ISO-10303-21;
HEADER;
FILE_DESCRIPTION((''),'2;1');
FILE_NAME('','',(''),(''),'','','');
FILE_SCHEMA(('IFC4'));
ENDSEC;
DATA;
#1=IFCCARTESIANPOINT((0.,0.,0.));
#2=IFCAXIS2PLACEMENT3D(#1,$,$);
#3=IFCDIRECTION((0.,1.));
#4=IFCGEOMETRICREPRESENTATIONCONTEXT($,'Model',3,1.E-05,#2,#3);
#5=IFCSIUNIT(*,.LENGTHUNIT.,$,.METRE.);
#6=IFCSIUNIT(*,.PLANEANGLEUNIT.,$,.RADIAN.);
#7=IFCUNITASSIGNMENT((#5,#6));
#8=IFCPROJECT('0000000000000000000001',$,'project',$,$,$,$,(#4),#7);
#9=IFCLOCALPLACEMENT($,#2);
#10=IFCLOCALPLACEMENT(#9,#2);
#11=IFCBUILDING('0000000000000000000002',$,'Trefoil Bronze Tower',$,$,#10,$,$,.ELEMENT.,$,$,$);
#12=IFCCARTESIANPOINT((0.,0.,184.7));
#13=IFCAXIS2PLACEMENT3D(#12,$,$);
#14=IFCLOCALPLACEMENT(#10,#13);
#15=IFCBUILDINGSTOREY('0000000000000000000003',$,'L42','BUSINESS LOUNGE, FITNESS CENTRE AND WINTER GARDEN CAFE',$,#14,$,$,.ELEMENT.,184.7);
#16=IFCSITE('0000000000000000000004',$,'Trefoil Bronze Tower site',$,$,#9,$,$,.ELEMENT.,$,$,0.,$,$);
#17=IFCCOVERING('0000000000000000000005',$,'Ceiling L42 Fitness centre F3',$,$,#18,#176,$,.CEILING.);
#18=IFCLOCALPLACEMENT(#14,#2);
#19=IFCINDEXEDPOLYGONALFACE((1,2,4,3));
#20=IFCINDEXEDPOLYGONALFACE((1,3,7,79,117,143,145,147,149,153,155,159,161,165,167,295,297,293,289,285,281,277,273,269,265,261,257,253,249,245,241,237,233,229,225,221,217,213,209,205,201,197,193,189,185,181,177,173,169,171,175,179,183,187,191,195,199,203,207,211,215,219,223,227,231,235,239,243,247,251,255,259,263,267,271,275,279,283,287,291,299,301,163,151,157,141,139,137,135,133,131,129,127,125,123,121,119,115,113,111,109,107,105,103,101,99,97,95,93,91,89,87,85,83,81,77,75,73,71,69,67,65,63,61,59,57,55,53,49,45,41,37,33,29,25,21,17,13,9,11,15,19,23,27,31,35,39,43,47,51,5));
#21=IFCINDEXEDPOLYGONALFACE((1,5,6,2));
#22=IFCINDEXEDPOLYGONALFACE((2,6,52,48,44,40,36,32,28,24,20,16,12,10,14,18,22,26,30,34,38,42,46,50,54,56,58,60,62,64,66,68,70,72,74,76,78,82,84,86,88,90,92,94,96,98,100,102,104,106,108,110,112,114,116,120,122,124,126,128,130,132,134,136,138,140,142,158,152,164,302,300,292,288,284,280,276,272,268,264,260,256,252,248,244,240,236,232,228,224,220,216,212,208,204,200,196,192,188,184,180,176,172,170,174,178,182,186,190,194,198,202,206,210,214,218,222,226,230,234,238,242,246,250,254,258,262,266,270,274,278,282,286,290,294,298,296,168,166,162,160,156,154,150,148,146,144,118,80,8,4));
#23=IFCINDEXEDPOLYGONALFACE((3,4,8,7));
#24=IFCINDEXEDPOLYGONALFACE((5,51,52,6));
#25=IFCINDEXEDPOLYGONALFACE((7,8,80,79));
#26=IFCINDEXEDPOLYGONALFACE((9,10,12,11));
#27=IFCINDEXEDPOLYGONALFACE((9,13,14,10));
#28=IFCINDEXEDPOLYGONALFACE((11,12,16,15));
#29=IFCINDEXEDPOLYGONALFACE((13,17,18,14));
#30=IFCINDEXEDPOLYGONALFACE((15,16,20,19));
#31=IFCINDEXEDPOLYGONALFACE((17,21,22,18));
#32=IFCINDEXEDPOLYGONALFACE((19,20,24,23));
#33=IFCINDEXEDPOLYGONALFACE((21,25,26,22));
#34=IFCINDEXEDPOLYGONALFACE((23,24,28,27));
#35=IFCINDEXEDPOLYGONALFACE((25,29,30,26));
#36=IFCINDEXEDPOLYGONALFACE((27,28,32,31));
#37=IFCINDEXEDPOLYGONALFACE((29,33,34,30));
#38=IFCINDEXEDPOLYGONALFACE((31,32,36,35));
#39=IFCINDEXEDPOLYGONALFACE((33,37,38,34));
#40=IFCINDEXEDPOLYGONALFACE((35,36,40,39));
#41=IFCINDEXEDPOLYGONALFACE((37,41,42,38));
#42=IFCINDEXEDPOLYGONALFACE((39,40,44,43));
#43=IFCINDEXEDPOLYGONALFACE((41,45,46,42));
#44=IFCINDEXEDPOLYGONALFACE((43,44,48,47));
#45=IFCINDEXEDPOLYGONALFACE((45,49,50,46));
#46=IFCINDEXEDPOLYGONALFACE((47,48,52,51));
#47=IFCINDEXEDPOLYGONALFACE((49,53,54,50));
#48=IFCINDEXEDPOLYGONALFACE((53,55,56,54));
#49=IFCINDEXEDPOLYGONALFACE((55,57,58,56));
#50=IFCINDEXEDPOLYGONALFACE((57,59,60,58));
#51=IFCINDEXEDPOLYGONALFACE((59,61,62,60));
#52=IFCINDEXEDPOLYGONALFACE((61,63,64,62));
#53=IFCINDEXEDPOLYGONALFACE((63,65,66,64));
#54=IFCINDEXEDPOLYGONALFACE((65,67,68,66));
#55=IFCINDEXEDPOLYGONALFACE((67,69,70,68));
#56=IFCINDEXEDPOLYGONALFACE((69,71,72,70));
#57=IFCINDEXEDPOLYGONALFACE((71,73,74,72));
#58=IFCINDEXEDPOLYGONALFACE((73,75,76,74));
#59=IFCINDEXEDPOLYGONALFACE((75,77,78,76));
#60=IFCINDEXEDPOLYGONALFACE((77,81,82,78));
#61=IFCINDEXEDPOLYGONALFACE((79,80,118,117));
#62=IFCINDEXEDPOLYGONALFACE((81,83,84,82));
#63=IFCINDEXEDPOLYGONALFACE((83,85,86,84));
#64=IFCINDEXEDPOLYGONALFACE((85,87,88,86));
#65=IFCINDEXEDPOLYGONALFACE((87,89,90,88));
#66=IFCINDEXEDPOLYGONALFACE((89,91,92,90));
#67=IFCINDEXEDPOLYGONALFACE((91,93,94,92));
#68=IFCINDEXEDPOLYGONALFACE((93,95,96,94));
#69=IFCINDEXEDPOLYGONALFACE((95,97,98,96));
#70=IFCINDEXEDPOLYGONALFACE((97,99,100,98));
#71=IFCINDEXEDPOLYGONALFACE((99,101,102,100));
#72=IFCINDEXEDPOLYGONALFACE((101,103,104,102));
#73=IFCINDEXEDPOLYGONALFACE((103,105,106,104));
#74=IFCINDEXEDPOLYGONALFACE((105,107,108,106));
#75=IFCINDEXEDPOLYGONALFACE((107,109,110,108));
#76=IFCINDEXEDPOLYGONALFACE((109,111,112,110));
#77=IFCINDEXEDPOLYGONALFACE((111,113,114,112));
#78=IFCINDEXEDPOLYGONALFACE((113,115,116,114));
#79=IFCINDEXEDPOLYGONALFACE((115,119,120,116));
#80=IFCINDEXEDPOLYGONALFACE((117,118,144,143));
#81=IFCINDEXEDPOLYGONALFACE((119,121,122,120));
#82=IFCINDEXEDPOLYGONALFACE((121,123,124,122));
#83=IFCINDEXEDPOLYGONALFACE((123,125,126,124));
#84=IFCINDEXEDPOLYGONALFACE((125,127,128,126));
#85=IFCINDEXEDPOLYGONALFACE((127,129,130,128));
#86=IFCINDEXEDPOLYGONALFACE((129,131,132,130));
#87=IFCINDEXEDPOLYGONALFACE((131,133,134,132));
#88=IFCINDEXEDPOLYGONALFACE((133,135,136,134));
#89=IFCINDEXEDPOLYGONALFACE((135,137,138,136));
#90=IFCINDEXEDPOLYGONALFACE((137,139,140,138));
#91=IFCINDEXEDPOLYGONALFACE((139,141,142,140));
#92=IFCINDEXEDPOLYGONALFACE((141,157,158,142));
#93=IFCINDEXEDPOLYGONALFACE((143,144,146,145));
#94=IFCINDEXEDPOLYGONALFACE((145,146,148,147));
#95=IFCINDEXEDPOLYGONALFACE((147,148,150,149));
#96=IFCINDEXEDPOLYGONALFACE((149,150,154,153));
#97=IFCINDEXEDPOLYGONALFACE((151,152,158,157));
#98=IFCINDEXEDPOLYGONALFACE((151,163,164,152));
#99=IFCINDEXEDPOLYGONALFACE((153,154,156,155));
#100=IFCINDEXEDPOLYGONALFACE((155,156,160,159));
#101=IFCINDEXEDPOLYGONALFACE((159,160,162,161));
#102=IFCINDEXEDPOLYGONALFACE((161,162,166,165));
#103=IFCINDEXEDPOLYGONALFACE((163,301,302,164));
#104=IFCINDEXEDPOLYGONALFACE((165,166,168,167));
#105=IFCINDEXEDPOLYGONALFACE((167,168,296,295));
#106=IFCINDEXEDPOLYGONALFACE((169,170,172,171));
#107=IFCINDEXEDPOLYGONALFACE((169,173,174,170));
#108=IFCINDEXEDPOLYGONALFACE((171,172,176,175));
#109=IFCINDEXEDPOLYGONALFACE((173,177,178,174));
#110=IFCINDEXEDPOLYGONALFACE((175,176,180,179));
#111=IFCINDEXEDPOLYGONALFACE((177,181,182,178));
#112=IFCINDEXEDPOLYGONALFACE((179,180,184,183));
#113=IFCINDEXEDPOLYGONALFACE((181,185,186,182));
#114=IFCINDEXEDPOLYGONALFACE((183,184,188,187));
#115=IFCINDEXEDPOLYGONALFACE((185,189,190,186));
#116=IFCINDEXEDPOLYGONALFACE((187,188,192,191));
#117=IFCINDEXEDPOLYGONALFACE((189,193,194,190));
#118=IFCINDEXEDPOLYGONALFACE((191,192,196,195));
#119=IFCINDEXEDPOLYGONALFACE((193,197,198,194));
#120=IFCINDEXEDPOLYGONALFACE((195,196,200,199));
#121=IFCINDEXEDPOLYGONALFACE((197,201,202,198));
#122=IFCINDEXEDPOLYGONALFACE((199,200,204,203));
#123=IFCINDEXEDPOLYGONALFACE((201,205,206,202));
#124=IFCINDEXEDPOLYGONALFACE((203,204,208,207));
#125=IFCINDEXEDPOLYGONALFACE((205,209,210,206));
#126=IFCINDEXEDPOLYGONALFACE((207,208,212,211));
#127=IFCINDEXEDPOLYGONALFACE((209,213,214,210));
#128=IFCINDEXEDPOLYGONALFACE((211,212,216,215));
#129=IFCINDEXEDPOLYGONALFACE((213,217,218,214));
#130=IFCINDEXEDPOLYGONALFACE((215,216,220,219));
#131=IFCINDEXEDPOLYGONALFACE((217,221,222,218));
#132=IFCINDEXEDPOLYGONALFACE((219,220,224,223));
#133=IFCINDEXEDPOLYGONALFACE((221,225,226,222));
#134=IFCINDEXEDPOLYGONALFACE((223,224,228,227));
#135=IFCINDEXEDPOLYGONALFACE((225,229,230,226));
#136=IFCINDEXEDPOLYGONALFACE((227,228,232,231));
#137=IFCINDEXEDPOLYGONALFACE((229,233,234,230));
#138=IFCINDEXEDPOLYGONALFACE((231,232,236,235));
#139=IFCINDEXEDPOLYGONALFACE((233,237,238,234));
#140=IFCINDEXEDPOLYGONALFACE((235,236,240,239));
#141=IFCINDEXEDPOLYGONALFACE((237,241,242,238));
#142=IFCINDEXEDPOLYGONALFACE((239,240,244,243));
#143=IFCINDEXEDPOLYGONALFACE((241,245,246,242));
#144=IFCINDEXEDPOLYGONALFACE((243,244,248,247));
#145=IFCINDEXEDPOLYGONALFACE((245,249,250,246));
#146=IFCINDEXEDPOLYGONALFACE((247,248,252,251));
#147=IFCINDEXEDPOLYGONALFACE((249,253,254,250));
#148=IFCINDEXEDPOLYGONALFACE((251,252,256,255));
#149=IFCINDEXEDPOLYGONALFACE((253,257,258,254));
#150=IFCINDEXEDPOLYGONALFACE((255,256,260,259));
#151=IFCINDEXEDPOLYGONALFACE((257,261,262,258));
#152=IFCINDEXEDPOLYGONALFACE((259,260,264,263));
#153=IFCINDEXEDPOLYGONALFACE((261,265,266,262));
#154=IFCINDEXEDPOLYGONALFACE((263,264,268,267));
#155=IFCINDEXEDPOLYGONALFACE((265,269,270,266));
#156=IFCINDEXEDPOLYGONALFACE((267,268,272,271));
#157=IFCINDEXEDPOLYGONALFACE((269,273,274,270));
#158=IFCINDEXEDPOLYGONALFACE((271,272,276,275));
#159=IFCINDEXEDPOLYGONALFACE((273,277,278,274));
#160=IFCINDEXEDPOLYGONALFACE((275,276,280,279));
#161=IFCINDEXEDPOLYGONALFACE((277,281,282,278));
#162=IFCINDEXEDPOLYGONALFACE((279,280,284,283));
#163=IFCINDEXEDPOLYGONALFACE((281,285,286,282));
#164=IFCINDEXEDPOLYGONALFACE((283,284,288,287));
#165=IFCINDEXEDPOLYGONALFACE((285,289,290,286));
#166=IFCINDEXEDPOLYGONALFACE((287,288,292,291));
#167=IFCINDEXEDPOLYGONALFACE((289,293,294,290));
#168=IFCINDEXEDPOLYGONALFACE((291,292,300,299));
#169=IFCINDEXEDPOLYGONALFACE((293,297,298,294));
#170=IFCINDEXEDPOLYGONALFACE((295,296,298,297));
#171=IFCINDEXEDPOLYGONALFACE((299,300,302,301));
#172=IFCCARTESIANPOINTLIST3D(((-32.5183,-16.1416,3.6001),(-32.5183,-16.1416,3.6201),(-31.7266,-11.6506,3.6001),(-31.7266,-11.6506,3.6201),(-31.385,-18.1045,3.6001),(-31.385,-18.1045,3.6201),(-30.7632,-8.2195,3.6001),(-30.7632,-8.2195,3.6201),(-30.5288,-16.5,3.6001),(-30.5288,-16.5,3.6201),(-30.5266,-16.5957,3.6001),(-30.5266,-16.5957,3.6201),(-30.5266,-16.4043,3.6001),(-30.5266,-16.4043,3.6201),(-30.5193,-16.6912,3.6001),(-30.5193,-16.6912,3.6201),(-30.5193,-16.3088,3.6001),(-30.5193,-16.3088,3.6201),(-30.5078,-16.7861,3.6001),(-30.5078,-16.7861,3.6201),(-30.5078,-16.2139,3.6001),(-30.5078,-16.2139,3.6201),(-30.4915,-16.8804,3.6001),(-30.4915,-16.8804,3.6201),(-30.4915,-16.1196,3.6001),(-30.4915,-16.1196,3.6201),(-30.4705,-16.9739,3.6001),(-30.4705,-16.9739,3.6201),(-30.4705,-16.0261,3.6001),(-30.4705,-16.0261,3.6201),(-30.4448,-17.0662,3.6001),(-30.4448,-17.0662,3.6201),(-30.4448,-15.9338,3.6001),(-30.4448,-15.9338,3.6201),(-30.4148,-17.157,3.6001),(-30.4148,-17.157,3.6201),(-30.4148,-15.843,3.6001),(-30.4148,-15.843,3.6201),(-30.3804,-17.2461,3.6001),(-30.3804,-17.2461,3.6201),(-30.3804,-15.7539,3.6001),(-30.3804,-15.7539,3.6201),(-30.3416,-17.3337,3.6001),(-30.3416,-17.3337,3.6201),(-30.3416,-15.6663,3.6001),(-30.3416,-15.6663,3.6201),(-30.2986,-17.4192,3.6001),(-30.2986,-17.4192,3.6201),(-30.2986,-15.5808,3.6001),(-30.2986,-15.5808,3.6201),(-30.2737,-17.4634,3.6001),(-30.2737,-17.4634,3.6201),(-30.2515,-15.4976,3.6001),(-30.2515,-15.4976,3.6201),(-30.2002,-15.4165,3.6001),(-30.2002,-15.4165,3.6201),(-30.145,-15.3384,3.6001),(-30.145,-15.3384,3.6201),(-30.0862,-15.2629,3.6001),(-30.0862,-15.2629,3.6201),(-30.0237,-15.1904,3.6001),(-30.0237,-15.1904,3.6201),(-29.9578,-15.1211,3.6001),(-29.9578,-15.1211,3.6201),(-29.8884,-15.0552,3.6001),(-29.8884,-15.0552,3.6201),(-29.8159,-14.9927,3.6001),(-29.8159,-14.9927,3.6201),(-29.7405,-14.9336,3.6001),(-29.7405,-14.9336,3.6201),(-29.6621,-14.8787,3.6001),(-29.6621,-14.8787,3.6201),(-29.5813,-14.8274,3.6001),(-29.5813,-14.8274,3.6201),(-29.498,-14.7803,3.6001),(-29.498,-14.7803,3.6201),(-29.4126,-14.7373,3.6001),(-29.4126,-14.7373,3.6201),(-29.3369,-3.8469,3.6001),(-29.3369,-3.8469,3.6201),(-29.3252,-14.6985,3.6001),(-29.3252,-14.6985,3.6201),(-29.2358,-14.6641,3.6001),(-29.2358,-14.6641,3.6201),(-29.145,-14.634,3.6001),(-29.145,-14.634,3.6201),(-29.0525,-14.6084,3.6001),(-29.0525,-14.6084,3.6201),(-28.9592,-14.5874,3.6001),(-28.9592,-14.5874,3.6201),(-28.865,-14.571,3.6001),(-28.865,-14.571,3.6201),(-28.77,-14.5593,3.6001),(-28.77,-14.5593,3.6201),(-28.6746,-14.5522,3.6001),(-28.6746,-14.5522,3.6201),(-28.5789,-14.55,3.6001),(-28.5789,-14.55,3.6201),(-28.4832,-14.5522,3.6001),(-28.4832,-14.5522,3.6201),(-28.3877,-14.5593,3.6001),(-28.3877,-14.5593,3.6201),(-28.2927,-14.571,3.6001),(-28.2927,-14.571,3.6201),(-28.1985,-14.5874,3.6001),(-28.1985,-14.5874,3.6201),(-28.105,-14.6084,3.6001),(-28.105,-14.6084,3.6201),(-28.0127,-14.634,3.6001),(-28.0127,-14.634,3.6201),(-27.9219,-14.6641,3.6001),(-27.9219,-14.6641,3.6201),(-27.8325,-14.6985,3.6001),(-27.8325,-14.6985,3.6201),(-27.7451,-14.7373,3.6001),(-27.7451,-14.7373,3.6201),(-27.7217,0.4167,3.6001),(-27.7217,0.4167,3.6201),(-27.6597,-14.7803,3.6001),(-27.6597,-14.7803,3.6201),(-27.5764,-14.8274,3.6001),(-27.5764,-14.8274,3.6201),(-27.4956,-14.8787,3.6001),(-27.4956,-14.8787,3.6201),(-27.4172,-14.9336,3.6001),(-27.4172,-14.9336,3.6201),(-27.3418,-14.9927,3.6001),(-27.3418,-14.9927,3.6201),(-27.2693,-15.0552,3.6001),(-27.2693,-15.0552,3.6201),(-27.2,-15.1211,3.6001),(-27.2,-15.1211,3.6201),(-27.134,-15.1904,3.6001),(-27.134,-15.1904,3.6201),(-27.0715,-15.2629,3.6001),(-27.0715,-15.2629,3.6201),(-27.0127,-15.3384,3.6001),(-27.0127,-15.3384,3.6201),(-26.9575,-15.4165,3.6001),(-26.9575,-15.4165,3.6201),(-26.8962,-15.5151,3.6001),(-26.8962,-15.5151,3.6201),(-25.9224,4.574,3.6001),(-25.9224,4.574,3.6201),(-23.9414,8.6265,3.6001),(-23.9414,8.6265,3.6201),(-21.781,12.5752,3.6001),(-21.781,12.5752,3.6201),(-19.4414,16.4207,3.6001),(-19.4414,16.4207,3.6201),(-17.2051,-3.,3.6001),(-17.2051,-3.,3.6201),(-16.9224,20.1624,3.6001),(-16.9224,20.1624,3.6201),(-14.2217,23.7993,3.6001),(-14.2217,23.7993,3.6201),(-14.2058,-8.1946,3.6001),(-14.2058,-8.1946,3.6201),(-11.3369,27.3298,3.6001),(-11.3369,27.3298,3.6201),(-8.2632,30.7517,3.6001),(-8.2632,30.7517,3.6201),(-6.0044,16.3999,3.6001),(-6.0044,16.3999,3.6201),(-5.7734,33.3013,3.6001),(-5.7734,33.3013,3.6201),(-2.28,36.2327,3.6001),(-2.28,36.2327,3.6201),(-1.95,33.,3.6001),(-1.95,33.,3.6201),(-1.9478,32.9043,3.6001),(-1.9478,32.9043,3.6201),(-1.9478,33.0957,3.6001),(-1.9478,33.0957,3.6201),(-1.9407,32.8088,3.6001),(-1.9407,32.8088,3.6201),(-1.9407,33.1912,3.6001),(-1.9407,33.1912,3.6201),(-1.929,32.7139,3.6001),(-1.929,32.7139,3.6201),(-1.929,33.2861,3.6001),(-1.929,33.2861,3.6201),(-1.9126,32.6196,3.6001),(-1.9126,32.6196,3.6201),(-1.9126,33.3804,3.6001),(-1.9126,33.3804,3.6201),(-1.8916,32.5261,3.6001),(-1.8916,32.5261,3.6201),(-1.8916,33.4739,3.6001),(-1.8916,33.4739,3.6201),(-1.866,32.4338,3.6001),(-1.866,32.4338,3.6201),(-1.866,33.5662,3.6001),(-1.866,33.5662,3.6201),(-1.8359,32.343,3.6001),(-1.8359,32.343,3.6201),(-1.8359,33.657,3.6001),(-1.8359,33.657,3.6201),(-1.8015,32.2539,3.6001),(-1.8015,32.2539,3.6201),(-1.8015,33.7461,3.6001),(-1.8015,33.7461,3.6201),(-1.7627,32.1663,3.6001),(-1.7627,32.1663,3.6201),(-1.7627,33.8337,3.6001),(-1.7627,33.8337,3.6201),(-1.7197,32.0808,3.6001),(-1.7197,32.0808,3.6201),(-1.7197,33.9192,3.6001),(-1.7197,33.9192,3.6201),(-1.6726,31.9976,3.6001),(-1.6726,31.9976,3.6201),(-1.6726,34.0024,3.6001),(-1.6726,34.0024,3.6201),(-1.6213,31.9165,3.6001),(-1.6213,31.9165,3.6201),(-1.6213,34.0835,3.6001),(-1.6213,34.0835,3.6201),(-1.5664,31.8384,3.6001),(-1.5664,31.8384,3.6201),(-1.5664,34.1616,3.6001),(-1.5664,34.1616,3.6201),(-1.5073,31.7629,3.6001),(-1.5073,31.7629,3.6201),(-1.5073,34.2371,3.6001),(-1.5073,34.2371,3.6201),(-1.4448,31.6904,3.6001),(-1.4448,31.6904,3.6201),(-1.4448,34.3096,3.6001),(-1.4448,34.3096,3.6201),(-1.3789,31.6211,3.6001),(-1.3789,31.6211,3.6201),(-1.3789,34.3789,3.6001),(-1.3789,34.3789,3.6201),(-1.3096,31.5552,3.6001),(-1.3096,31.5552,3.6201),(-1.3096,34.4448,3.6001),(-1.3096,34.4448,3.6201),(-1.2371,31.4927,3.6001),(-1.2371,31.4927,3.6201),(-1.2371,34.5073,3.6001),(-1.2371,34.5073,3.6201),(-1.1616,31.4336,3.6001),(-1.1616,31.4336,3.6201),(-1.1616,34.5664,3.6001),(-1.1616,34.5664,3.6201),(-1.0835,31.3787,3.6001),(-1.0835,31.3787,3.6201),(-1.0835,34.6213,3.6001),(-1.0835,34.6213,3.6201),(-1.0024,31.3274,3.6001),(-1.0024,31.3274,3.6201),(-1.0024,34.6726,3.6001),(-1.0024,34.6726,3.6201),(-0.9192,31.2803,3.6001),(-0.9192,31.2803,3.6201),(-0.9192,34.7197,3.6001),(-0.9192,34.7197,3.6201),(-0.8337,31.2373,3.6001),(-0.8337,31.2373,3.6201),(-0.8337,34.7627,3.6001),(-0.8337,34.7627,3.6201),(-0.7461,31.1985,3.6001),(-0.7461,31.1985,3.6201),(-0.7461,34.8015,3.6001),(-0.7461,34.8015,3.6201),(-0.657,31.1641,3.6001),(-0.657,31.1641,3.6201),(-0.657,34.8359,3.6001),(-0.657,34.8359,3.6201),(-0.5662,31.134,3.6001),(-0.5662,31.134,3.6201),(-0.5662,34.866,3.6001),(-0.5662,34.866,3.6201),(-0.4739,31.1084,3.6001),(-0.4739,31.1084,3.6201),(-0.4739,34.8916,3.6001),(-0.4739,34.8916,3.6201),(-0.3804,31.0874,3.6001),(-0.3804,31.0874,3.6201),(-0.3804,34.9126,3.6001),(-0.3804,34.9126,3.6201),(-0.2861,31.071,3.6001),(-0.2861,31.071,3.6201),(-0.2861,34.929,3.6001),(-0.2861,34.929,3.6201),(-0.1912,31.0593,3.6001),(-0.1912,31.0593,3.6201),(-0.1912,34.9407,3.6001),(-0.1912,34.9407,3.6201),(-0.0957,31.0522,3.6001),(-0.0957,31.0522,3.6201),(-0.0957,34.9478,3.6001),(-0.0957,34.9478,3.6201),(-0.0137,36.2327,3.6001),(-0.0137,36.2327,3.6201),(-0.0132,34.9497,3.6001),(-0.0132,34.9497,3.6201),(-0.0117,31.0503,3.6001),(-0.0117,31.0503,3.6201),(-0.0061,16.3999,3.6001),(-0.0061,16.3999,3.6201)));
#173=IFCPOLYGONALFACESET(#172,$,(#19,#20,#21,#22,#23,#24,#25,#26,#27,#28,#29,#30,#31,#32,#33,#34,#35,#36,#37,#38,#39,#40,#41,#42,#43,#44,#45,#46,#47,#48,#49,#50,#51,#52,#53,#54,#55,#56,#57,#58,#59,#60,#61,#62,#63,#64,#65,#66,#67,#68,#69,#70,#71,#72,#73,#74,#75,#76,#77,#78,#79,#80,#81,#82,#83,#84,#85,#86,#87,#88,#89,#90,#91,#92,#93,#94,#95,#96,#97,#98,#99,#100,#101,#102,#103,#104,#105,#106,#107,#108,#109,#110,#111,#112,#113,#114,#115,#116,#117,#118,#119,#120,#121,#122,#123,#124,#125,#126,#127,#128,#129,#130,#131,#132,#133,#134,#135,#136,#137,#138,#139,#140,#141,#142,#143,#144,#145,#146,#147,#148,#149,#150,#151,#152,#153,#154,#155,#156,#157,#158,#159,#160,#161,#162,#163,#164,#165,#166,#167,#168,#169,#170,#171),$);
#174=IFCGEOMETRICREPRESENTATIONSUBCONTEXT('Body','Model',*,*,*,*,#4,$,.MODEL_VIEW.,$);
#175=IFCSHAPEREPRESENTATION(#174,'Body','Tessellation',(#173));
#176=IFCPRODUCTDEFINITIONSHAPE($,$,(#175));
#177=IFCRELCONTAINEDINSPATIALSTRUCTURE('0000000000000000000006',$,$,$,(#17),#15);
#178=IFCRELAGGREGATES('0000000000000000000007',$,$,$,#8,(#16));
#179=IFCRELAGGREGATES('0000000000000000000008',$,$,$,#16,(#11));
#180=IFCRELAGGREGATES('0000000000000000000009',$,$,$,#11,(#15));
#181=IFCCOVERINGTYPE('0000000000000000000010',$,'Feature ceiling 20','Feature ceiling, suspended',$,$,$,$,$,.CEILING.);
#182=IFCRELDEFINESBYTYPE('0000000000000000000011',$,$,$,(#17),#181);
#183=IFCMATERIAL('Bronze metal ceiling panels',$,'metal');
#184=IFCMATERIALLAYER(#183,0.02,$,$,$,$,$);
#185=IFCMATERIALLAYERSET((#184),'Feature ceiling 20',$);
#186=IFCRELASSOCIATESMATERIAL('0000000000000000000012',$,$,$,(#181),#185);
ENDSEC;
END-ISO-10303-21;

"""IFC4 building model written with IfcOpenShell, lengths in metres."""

from ifc_helpers import new_model, si_unit, direction, frame, origin, place, context, subcontext, project, spatial, polyline, outline, extrude, material, layer, layer_set, type_object, element, save


model = new_model("IFC4")

# Units and contexts
model_context = context("Model", 3, precision=1e-05, world=origin(), true_north=direction((0.0, 1.0)))
body_context = subcontext(model_context, "Body", "Model", "MODEL_VIEW")
ifc_project = project(units=[si_unit("LENGTHUNIT", "METRE"), si_unit("PLANEANGLEUNIT", "RADIAN")], contexts=[model_context])

# Site, building, storey
site_placement = place(None, origin())
site = spatial("IfcSite", under=ifc_project, at=site_placement, Name="Trefoil Bronze Tower site", CompositionType="ELEMENT", RefElevation=0.0)
building_placement = place(site_placement, origin())
building = spatial("IfcBuilding", under=site, at=building_placement, Name="Trefoil Bronze Tower", CompositionType="ELEMENT")
storey_placement = place(building_placement, frame((0.0, 0.0, 184.7)))
storey = spatial("IfcBuildingStorey", under=building, at=storey_placement, Name="L42", Description="BUSINESS LOUNGE, FITNESS CENTRE AND WINTER GARDEN CAFE", CompositionType="ELEMENT", Elevation=184.7)

# Covering
ifc_material_1 = material(Name="Bronze metal ceiling panels", Category="metal")
ifc_layer_1 = layer(ifc_material_1, 0.02)
ifc_layer_set_1 = layer_set([ifc_layer_1], Name="Feature ceiling 20")
covering_type_1 = type_object("IfcCoveringType", Name="Feature ceiling 20", Description="Feature ceiling, suspended", PredefinedType="CEILING", material=ifc_layer_set_1)
covering_1_placement = place(storey_placement, frame((0.0, 0.0, 3.6001)))
element("IfcCovering", 1, at=covering_1_placement, inside=storey, type_object=covering_type_1, Name="Ceiling L42 Fitness centre F3", PredefinedType="CEILING", context=body_context, shape_type="SweptSolid", body=[
    extrude(outline(polyline([(-30.7632, -8.2195), (-29.3369, -3.8469), (-27.7217, 0.4167), (-25.9224, 4.574), (-23.9414, 8.6265), (-21.781, 12.5752), (-19.4414, 16.4207), (-16.9224, 20.1624), (-14.2217, 23.7993), (-11.3369, 27.3298), (-8.2632, 30.7517), (-5.7734, 33.3013), (-2.28, 36.2327), (-0.0137, 36.2327), (-0.0132, 34.9497), (-0.0957, 34.9478), (-0.1912, 34.9407), (-0.2861, 34.929), (-0.3804, 34.9126), (-0.4739, 34.8916), (-0.5662, 34.866), (-0.657, 34.8359), (-0.7461, 34.8015), (-0.8337, 34.7627), (-0.9192, 34.7197), (-1.0024, 34.6726), (-1.0835, 34.6213), (-1.1616, 34.5664), (-1.2371, 34.5073), (-1.3096, 34.4448), (-1.3789, 34.3789), (-1.4448, 34.3096), (-1.5073, 34.2371), (-1.5664, 34.1616), (-1.6213, 34.0835), (-1.6726, 34.0024), (-1.7197, 33.9192), (-1.7627, 33.8337), (-1.8015, 33.7461), (-1.8359, 33.657), (-1.866, 33.5662), (-1.8916, 33.4739), (-1.9126, 33.3804), (-1.929, 33.2861), (-1.9407, 33.1912), (-1.9478, 33.0957), (-1.95, 33.0), (-1.9478, 32.9043), (-1.9407, 32.8088), (-1.929, 32.7139), (-1.9126, 32.6196), (-1.8916, 32.5261), (-1.866, 32.4338), (-1.8359, 32.343), (-1.8015, 32.2539), (-1.7627, 32.1663), (-1.7197, 32.0808), (-1.6726, 31.9976), (-1.6213, 31.9165), (-1.5664, 31.8384), (-1.5073, 31.7629), (-1.4448, 31.6904), (-1.3789, 31.6211), (-1.3096, 31.5552), (-1.2371, 31.4927), (-1.1616, 31.4336), (-1.0835, 31.3787), (-1.0024, 31.3274), (-0.9192, 31.2803), (-0.8337, 31.2373), (-0.7461, 31.1985), (-0.657, 31.1641), (-0.5662, 31.134), (-0.4739, 31.1084), (-0.3804, 31.0874), (-0.2861, 31.071), (-0.1912, 31.0593), (-0.0957, 31.0522), (-0.0117, 31.0503), (-0.0061, 16.3999), (-6.0044, 16.3999), (-17.2051, -3.0), (-14.2058, -8.1946), (-26.8962, -15.5151), (-26.9575, -15.4165), (-27.0127, -15.3384), (-27.0715, -15.2629), (-27.134, -15.1904), (-27.2, -15.1211), (-27.2693, -15.0552), (-27.3418, -14.9927), (-27.4172, -14.9336), (-27.4956, -14.8787), (-27.5764, -14.8274), (-27.6597, -14.7803), (-27.7451, -14.7373), (-27.8325, -14.6985), (-27.9219, -14.6641), (-28.0127, -14.634), (-28.105, -14.6084), (-28.1985, -14.5874), (-28.2927, -14.571), (-28.3877, -14.5593), (-28.4832, -14.5522), (-28.5789, -14.55), (-28.6746, -14.5522), (-28.77, -14.5593), (-28.865, -14.571), (-28.9592, -14.5874), (-29.0525, -14.6084), (-29.145, -14.634), (-29.2358, -14.6641), (-29.3252, -14.6985), (-29.4126, -14.7373), (-29.498, -14.7803), (-29.5813, -14.8274), (-29.6621, -14.8787), (-29.7405, -14.9336), (-29.8159, -14.9927), (-29.8884, -15.0552), (-29.9578, -15.1211), (-30.0237, -15.1904), (-30.0862, -15.2629), (-30.145, -15.3384), (-30.2002, -15.4165), (-30.2515, -15.4976), (-30.2986, -15.5808), (-30.3416, -15.6663), (-30.3804, -15.7539), (-30.4148, -15.843), (-30.4448, -15.9338), (-30.4705, -16.0261), (-30.4915, -16.1196), (-30.5078, -16.2139), (-30.5193, -16.3088), (-30.5266, -16.4043), (-30.5288, -16.5), (-30.5266, -16.5957), (-30.5193, -16.6912), (-30.5078, -16.7861), (-30.4915, -16.8804), (-30.4705, -16.9739), (-30.4448, -17.0662), (-30.4148, -17.157), (-30.3804, -17.2461), (-30.3416, -17.3337), (-30.2986, -17.4192), (-30.2737, -17.4634), (-31.385, -18.1045), (-32.5183, -16.1416), (-31.7266, -11.6506), (-30.7632, -8.2195)])), origin(), (0.0, 0.0, 1.0), 0.02),
])

save(model, "model.ifc")
